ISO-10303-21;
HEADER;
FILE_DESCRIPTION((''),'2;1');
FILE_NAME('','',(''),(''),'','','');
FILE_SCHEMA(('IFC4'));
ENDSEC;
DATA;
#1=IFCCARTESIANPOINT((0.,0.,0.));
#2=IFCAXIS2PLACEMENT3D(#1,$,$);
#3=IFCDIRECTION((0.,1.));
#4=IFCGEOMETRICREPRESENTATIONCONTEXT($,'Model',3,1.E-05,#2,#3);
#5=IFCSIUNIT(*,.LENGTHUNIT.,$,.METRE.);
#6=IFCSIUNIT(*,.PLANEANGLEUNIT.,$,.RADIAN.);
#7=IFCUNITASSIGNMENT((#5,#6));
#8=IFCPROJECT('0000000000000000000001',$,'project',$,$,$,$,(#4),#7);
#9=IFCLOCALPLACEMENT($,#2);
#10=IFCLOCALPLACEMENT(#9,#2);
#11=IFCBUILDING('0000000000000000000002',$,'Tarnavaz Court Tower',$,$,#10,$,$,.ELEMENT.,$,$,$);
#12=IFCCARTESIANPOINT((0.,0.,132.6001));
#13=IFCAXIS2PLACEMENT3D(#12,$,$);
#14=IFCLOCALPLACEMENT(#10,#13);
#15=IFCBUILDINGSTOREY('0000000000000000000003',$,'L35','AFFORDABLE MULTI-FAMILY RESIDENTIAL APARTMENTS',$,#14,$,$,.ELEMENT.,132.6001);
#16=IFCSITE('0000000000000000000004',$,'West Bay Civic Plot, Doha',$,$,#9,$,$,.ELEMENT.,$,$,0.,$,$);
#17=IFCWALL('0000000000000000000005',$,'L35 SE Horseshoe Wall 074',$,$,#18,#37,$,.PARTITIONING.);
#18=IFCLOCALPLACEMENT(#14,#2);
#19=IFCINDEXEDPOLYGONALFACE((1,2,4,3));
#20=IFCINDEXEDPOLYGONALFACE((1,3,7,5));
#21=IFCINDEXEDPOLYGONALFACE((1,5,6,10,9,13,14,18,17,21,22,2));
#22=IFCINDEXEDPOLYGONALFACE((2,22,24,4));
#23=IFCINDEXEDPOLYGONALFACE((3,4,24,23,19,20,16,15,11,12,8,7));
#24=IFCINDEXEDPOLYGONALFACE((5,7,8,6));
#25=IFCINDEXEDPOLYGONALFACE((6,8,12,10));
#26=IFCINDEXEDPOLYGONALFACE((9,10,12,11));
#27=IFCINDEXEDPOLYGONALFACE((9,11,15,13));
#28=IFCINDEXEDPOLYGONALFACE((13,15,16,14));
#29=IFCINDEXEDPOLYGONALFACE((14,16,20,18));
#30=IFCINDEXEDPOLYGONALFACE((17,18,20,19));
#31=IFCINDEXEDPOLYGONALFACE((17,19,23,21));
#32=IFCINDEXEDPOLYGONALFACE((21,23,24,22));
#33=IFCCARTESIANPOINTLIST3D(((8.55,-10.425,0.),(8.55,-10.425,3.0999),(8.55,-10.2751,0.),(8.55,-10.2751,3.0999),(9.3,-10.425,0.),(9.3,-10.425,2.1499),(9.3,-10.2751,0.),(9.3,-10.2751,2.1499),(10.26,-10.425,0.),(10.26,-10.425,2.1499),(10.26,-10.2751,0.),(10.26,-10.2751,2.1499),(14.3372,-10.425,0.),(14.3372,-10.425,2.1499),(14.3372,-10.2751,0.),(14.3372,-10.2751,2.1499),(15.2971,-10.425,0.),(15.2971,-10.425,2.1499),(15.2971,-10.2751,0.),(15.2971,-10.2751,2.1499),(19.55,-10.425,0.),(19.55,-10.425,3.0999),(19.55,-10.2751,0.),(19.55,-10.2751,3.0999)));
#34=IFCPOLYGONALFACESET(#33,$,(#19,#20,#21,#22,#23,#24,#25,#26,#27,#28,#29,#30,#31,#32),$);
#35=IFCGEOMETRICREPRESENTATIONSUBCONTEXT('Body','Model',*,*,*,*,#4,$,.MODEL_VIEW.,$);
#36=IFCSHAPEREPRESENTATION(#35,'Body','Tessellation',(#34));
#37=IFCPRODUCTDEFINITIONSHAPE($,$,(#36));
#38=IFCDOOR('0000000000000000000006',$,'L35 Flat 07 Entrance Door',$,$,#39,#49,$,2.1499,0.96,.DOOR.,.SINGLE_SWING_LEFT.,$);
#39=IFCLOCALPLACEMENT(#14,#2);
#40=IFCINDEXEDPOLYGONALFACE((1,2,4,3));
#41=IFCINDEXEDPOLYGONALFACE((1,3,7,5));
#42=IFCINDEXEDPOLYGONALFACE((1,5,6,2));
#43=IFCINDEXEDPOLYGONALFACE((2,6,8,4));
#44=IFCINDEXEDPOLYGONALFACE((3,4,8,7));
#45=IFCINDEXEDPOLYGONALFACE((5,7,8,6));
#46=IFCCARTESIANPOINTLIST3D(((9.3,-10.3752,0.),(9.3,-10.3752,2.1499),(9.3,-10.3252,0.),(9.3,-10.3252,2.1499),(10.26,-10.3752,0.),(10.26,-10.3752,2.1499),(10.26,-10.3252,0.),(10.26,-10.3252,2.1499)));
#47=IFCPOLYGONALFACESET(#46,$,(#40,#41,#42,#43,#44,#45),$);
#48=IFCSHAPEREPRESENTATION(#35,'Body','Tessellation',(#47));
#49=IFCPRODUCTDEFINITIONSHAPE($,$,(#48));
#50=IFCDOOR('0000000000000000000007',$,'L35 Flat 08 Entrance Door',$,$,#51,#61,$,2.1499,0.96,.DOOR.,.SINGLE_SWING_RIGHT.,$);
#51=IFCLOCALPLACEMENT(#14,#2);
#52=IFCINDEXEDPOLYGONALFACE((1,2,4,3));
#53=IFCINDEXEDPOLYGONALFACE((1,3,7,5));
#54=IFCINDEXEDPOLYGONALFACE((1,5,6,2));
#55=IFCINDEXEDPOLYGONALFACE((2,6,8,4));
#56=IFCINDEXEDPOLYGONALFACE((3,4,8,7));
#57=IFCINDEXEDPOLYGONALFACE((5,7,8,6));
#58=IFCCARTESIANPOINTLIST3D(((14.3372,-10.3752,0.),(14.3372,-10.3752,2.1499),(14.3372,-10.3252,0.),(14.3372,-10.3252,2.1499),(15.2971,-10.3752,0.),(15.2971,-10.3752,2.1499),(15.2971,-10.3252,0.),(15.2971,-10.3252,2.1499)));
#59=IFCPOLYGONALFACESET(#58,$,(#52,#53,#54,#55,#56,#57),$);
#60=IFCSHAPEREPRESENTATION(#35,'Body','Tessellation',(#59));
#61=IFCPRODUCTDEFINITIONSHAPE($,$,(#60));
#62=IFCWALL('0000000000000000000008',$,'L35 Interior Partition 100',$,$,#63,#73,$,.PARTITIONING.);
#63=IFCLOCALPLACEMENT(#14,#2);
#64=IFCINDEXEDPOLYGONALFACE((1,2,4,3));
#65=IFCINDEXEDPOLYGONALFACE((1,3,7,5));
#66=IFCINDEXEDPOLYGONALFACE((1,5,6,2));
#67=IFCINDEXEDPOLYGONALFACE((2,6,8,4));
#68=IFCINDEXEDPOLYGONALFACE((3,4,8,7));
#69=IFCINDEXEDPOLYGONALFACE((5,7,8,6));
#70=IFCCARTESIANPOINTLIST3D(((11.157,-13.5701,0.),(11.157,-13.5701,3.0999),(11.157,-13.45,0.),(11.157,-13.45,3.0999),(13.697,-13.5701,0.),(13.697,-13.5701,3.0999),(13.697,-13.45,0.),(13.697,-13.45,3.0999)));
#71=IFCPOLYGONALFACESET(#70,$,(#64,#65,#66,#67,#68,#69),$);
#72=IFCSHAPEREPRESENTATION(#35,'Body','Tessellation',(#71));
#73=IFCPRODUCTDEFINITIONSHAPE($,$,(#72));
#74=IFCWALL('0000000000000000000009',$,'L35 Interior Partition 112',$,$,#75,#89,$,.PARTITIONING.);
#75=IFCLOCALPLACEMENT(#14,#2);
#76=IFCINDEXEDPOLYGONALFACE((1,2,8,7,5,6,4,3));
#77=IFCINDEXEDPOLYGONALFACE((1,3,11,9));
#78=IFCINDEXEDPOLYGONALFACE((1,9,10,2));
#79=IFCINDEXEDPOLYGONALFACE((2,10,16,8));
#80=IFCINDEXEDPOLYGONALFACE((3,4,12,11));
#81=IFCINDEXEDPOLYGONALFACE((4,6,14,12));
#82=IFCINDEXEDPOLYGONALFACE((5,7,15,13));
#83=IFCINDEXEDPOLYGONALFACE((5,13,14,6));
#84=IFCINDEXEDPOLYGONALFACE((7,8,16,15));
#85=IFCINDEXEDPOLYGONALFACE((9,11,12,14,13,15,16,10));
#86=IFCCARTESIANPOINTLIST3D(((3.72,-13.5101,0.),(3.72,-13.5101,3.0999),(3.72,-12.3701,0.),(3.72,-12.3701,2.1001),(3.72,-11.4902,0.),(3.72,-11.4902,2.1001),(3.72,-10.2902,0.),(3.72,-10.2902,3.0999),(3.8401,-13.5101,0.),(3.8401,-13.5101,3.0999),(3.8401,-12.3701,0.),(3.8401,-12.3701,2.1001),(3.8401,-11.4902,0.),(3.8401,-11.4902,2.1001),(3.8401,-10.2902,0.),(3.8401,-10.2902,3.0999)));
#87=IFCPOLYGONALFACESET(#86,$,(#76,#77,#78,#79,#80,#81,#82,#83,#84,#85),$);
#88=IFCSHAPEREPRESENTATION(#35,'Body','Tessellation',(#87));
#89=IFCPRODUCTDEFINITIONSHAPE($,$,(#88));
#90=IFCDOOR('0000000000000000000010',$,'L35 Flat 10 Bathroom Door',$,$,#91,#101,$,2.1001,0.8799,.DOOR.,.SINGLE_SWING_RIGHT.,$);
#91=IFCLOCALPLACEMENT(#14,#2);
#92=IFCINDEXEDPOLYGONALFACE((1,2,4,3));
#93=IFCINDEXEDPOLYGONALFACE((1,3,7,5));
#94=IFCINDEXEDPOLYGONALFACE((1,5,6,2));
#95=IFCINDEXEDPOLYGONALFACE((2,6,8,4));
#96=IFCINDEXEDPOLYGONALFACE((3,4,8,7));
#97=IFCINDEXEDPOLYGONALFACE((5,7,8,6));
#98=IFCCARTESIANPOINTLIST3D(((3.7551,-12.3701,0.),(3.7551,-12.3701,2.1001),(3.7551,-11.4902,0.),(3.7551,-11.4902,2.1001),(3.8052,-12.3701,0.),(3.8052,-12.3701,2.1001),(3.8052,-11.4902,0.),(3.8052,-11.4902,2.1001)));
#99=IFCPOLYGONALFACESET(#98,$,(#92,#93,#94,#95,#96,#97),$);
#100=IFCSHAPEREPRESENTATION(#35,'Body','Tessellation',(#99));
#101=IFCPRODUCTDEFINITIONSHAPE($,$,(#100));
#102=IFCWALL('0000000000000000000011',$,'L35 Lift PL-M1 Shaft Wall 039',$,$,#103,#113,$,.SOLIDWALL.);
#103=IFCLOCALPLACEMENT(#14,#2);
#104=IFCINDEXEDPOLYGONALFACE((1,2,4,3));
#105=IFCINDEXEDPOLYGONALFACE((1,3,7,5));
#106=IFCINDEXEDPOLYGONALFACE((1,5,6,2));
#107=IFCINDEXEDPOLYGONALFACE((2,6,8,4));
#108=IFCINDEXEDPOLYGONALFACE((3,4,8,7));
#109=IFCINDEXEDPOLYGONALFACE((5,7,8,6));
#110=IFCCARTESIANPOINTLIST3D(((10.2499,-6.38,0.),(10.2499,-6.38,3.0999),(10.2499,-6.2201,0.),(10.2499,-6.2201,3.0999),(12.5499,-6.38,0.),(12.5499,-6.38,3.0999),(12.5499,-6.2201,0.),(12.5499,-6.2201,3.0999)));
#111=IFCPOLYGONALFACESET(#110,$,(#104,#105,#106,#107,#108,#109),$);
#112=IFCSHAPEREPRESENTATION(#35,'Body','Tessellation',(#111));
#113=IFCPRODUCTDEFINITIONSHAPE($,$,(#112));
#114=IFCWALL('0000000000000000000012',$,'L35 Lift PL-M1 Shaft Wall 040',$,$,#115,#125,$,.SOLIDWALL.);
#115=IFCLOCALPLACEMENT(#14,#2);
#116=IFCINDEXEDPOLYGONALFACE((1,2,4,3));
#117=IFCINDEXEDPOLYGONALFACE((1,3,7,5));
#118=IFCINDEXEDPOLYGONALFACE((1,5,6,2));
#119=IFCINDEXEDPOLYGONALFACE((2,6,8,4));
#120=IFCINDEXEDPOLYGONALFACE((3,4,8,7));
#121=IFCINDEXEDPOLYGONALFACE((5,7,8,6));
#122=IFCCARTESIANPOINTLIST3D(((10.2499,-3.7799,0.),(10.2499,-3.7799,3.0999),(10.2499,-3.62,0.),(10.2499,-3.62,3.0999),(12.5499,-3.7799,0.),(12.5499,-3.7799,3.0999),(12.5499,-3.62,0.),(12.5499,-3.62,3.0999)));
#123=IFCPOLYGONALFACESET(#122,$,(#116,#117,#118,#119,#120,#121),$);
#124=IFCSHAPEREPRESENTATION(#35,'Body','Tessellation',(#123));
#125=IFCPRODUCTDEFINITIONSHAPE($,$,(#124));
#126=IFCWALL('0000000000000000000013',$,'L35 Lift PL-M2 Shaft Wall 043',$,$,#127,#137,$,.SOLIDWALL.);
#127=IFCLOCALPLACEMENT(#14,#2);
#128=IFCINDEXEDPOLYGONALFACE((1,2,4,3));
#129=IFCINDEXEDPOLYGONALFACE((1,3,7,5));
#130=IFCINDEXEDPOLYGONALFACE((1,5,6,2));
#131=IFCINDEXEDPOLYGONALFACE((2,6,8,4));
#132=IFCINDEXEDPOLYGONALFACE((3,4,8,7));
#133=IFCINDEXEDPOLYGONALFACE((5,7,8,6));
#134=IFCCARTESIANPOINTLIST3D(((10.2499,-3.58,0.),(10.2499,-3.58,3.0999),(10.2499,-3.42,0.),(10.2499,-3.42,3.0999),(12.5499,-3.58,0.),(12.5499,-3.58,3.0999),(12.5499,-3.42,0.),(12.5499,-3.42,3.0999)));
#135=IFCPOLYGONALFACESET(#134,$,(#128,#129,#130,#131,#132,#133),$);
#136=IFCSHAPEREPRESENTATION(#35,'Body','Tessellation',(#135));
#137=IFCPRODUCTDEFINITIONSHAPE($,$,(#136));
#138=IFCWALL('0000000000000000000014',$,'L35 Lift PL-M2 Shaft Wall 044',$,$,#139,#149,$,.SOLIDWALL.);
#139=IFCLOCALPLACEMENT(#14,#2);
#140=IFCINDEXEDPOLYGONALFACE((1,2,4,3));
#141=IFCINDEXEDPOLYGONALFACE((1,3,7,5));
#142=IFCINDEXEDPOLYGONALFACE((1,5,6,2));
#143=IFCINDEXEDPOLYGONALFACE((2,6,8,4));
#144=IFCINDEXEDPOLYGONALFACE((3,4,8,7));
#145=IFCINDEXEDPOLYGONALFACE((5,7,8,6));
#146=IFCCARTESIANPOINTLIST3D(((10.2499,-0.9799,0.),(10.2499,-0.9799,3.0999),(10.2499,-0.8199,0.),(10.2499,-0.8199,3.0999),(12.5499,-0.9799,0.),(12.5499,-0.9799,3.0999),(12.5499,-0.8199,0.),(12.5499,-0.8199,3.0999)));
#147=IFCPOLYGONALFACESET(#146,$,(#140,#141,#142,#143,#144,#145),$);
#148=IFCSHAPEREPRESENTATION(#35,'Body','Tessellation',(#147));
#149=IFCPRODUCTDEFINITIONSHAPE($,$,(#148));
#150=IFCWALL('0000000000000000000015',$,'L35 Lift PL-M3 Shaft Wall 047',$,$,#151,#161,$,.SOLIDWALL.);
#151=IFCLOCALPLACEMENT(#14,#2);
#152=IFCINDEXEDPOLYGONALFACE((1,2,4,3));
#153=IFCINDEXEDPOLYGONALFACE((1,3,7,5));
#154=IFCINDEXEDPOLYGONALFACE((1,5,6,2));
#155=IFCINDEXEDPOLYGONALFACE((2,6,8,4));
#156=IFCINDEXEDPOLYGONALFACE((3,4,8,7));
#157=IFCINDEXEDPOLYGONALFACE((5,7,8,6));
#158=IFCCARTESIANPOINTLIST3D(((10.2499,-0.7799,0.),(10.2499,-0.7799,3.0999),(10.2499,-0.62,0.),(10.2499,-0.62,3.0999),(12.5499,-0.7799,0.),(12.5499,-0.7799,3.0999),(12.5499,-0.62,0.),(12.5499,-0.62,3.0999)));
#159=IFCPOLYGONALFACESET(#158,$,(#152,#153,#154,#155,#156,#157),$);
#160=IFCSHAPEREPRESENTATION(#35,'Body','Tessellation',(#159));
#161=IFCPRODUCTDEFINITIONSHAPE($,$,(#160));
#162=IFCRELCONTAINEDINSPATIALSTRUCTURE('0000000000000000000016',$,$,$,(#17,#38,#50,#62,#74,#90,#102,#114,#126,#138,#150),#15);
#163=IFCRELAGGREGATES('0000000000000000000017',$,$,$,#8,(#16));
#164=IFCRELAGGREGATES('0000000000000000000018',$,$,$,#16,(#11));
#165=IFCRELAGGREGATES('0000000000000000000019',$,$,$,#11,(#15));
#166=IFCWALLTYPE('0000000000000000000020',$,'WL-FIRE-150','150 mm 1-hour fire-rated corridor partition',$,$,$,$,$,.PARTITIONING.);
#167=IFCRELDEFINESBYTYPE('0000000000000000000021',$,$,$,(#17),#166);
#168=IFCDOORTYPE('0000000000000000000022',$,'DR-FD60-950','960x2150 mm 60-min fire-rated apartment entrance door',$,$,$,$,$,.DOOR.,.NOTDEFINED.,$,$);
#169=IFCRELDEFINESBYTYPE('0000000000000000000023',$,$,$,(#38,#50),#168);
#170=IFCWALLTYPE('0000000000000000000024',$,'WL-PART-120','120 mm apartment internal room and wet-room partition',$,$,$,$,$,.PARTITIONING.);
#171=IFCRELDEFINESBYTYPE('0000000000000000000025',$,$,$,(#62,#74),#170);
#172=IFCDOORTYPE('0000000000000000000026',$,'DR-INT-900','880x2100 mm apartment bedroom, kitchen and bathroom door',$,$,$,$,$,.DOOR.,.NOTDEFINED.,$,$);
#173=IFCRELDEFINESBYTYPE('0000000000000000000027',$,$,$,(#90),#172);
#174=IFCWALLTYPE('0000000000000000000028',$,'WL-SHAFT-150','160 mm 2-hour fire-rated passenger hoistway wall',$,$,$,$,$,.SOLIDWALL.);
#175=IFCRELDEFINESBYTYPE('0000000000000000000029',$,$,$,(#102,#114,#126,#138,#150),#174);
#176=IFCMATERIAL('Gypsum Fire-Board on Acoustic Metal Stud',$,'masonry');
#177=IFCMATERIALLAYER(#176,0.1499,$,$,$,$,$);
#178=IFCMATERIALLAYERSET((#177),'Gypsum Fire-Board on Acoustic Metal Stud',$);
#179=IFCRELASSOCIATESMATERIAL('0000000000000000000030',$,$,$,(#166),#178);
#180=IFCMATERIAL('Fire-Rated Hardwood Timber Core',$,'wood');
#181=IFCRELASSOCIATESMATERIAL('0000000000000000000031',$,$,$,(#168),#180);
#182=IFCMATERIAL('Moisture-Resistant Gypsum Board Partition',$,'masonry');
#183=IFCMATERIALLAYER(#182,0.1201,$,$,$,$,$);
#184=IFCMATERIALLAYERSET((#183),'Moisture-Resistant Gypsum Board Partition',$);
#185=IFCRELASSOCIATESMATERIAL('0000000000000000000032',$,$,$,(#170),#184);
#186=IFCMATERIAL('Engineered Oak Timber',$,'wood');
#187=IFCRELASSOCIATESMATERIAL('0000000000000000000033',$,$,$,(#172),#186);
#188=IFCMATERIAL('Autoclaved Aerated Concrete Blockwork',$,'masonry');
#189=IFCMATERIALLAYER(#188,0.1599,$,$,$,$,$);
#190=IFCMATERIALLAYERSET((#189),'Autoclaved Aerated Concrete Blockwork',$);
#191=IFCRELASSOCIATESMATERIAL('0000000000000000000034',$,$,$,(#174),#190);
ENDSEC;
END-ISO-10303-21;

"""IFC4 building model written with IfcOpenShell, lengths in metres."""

from ifc_helpers import new_model, si_unit, direction, frame, frame_2d, origin, place, context, subcontext, project, spatial, rectangle, extrude, material, layer, layer_set, type_object, element, fill, save


model = new_model("IFC4")

# Units and contexts
model_context = context("Model", 3, precision=1e-05, world=origin(), true_north=direction((0.0, 1.0)))
body_context = subcontext(model_context, "Body", "Model", "MODEL_VIEW")
ifc_project = project(units=[si_unit("LENGTHUNIT", "METRE"), si_unit("PLANEANGLEUNIT", "RADIAN")], contexts=[model_context])

# Site, building, storey
site_placement = place(None, origin())
site = spatial("IfcSite", under=ifc_project, at=site_placement, Name="West Bay Civic Plot, Doha", CompositionType="ELEMENT", RefElevation=0.0)
building_placement = place(site_placement, origin())
building = spatial("IfcBuilding", under=site, at=building_placement, Name="Tarnavaz Court Tower", CompositionType="ELEMENT")
storey_placement = place(building_placement, frame((0.0, 0.0, 132.6001)))
storey = spatial("IfcBuildingStorey", under=building, at=storey_placement, Name="L35", Description="AFFORDABLE MULTI-FAMILY RESIDENTIAL APARTMENTS", CompositionType="ELEMENT", Elevation=132.6001)

# Wall, openings, doors
ifc_material_1 = material(Name="Gypsum Fire-Board on Acoustic Metal Stud", Category="masonry")
ifc_layer_1 = layer(ifc_material_1, 0.1499)
ifc_layer_set_1 = layer_set([ifc_layer_1], Name="Gypsum Fire-Board on Acoustic Metal Stud")
wall_type_1 = type_object("IfcWallType", Name="WL-FIRE-150", Description="150 mm 1-hour fire-rated corridor partition", PredefinedType="PARTITIONING", material=ifc_layer_set_1)
wall_1_placement = place(storey_placement, frame((8.55, -10.3501, 0.0), z_axis=(0.0, 0.0, 1.0), x_axis=(1.0, 0.0, 0.0)))
wall_1 = element("IfcWall", 1, at=wall_1_placement, inside=storey, type_object=wall_type_1, Name="L35 SE Horseshoe Wall 074", PredefinedType="PARTITIONING", context=body_context, shape_type="SweptSolid", body=[
    extrude(rectangle(XDim=11.0, YDim=0.1499, at=frame_2d((5.5, 0.0))), origin(), (0.0, 0.0, 1.0), 3.0999),
])
opening_1_placement = place(wall_1_placement, frame((0.75, 0.0, 0.0)))
opening_1 = element("IfcOpeningElement", 2, at=opening_1_placement, cuts=wall_1, PredefinedType="OPENING", context=body_context, shape_type="SweptSolid", body=[
    extrude(rectangle(XDim=0.96, YDim=2.1499, at=frame_2d((0.48, 1.075))), frame((0.0, 0.085, 0.0), z_axis=(0.0, -1.0, 0.0), x_axis=(1.0, 0.0, 0.0)), (0.0, 0.0, 1.0), 0.1699),
])
opening_2_placement = place(wall_1_placement, frame((5.7871, 0.0, 0.0)))
opening_2 = element("IfcOpeningElement", 3, at=opening_2_placement, cuts=wall_1, PredefinedType="OPENING", context=body_context, shape_type="SweptSolid", body=[
    extrude(rectangle(XDim=0.96, YDim=2.1499, at=frame_2d((0.48, 1.075))), frame((0.0, 0.085, 0.0), z_axis=(0.0, -1.0, 0.0), x_axis=(1.0, 0.0, 0.0)), (0.0, 0.0, 1.0), 0.1699),
])
ifc_material_2 = material(Name="Fire-Rated Hardwood Timber Core", Category="wood")
door_type_1 = type_object("IfcDoorType", Name="DR-FD60-950", Description="960x2150 mm 60-min fire-rated apartment entrance door", OperationType="NOTDEFINED", PredefinedType="DOOR", material=ifc_material_2)
door_1_placement = place(opening_1_placement, origin())
door_1 = element("IfcDoor", 4, at=door_1_placement, inside=storey, type_object=door_type_1, Name="L35 Flat 07 Entrance Door", OperationType="SINGLE_SWING_LEFT", OverallHeight=2.1499, OverallWidth=0.96, PredefinedType="DOOR", context=body_context, shape_type="SweptSolid", body=[
    extrude(rectangle(XDim=0.96, YDim=2.1499, at=frame_2d((0.48, 1.075))), frame((0.0, 0.0249, 0.0), z_axis=(0.0, -1.0, 0.0), x_axis=(1.0, 0.0, 0.0)), (0.0, 0.0, 1.0), 0.05),
])
fill(opening_1, door_1)
door_2_placement = place(opening_2_placement, origin())
door_2 = element("IfcDoor", 5, at=door_2_placement, inside=storey, type_object=door_type_1, Name="L35 Flat 08 Entrance Door", OperationType="SINGLE_SWING_RIGHT", OverallHeight=2.1499, OverallWidth=0.96, PredefinedType="DOOR", context=body_context, shape_type="SweptSolid", body=[
    extrude(rectangle(XDim=0.96, YDim=2.1499, at=frame_2d((0.48, 1.075))), frame((0.0, 0.0249, 0.0), z_axis=(0.0, -1.0, 0.0), x_axis=(1.0, 0.0, 0.0)), (0.0, 0.0, 1.0), 0.05),
])
fill(opening_2, door_2)

# Wall
ifc_material_3 = material(Name="Moisture-Resistant Gypsum Board Partition", Category="masonry")
ifc_layer_2 = layer(ifc_material_3, 0.1201)
ifc_layer_set_2 = layer_set([ifc_layer_2], Name="Moisture-Resistant Gypsum Board Partition")
wall_type_2 = type_object("IfcWallType", Name="WL-PART-120", Description="120 mm apartment internal room and wet-room partition", PredefinedType="PARTITIONING", material=ifc_layer_set_2)
wall_2_placement = place(storey_placement, frame((11.157, -13.51, 0.0), z_axis=(0.0, 0.0, 1.0), x_axis=(1.0, 0.0, 0.0)))
element("IfcWall", 6, at=wall_2_placement, inside=storey, type_object=wall_type_2, Name="L35 Interior Partition 100", PredefinedType="PARTITIONING", context=body_context, shape_type="SweptSolid", body=[
    extrude(rectangle(XDim=2.54, YDim=0.1201, at=frame_2d((1.27, 0.0))), origin(), (0.0, 0.0, 1.0), 3.0999),
])

# Wall, opening, door
wall_3_placement = place(storey_placement, frame((3.78, -13.51, 0.0), z_axis=(0.0, 0.0, 1.0), x_axis=(0.0, 1.0, 0.0)))
wall_3 = element("IfcWall", 7, at=wall_3_placement, inside=storey, type_object=wall_type_2, Name="L35 Interior Partition 112", PredefinedType="PARTITIONING", context=body_context, shape_type="SweptSolid", body=[
    extrude(rectangle(XDim=3.22, YDim=0.1201, at=frame_2d((1.6099, 0.0))), origin(), (0.0, 0.0, 1.0), 3.0999),
])
opening_3_placement = place(wall_3_placement, frame((1.1399, 0.0, 0.0)))
opening_3 = element("IfcOpeningElement", 8, at=opening_3_placement, cuts=wall_3, PredefinedType="OPENING", context=body_context, shape_type="SweptSolid", body=[
    extrude(rectangle(XDim=0.8799, YDim=2.1001, at=frame_2d((0.4399, 1.05))), frame((0.0, 0.0701, 0.0), z_axis=(0.0, -1.0, 0.0), x_axis=(1.0, 0.0, 0.0)), (0.0, 0.0, 1.0), 0.1401),
])
ifc_material_4 = material(Name="Engineered Oak Timber", Category="wood")
door_type_2 = type_object("IfcDoorType", Name="DR-INT-900", Description="880x2100 mm apartment bedroom, kitchen and bathroom door", OperationType="NOTDEFINED", PredefinedType="DOOR", material=ifc_material_4)
door_3_placement = place(opening_3_placement, origin())
door_3 = element("IfcDoor", 9, at=door_3_placement, inside=storey, type_object=door_type_2, Name="L35 Flat 10 Bathroom Door", OperationType="SINGLE_SWING_RIGHT", OverallHeight=2.1001, OverallWidth=0.8799, PredefinedType="DOOR", context=body_context, shape_type="SweptSolid", body=[
    extrude(rectangle(XDim=0.8799, YDim=2.1001, at=frame_2d((0.4399, 1.05))), frame((0.0, 0.0249, 0.0), z_axis=(0.0, -1.0, 0.0), x_axis=(1.0, 0.0, 0.0)), (0.0, 0.0, 1.0), 0.05),
])
fill(opening_3, door_3)
ifc_material_5 = material(Name="Autoclaved Aerated Concrete Blockwork", Category="masonry")
ifc_layer_3 = layer(ifc_material_5, 0.1599)
ifc_layer_set_3 = layer_set([ifc_layer_3], Name="Autoclaved Aerated Concrete Blockwork")
wall_type_3 = type_object("IfcWallType", Name="WL-SHAFT-150", Description="160 mm 2-hour fire-rated passenger hoistway wall", PredefinedType="SOLIDWALL", material=ifc_layer_set_3)

# Walls
for number, where, z_axis, x_axis, name in (
    (10, (10.25, -6.3, 0.0), (0.0, 0.0, 1.0), (1.0, 0.0, 0.0), "L35 Lift PL-M1 Shaft Wall 039"),
    (11, (10.25, -3.7, 0.0), (0.0, 0.0, 1.0), (1.0, 0.0, 0.0), "L35 Lift PL-M1 Shaft Wall 040"),
):
    element("IfcWall", number, at=place(storey_placement, frame(where, z_axis=z_axis, x_axis=x_axis)), inside=storey, type_object=wall_type_3, Name=name, PredefinedType="SOLIDWALL", context=body_context, shape_type="SweptSolid", body=[
        extrude(rectangle(XDim=2.3, YDim=0.1599, at=frame_2d((1.1499, 0.0))), origin(), (0.0, 0.0, 1.0), 3.0999),
    ])

# Walls
for number, where, z_axis, x_axis, name in (
    (12, (10.25, -3.5, 0.0), (0.0, 0.0, 1.0), (1.0, 0.0, 0.0), "L35 Lift PL-M2 Shaft Wall 043"),
    (13, (10.25, -0.8999, 0.0), (0.0, 0.0, 1.0), (1.0, 0.0, 0.0), "L35 Lift PL-M2 Shaft Wall 044"),
):
    element("IfcWall", number, at=place(storey_placement, frame(where, z_axis=z_axis, x_axis=x_axis)), inside=storey, type_object=wall_type_3, Name=name, PredefinedType="SOLIDWALL", context=body_context, shape_type="SweptSolid", body=[
        extrude(rectangle(XDim=2.3, YDim=0.1599, at=frame_2d((1.1499, 0.0))), origin(), (0.0, 0.0, 1.0), 3.0999),
    ])

# Wall
wall_4_placement = place(storey_placement, frame((10.25, -0.7, 0.0), z_axis=(0.0, 0.0, 1.0), x_axis=(1.0, 0.0, 0.0)))
element("IfcWall", 14, at=wall_4_placement, inside=storey, type_object=wall_type_3, Name="L35 Lift PL-M3 Shaft Wall 047", PredefinedType="SOLIDWALL", context=body_context, shape_type="SweptSolid", body=[
    extrude(rectangle(XDim=2.3, YDim=0.1599, at=frame_2d((1.1499, 0.0))), origin(), (0.0, 0.0, 1.0), 3.0999),
])

save(model, "model.ifc")
